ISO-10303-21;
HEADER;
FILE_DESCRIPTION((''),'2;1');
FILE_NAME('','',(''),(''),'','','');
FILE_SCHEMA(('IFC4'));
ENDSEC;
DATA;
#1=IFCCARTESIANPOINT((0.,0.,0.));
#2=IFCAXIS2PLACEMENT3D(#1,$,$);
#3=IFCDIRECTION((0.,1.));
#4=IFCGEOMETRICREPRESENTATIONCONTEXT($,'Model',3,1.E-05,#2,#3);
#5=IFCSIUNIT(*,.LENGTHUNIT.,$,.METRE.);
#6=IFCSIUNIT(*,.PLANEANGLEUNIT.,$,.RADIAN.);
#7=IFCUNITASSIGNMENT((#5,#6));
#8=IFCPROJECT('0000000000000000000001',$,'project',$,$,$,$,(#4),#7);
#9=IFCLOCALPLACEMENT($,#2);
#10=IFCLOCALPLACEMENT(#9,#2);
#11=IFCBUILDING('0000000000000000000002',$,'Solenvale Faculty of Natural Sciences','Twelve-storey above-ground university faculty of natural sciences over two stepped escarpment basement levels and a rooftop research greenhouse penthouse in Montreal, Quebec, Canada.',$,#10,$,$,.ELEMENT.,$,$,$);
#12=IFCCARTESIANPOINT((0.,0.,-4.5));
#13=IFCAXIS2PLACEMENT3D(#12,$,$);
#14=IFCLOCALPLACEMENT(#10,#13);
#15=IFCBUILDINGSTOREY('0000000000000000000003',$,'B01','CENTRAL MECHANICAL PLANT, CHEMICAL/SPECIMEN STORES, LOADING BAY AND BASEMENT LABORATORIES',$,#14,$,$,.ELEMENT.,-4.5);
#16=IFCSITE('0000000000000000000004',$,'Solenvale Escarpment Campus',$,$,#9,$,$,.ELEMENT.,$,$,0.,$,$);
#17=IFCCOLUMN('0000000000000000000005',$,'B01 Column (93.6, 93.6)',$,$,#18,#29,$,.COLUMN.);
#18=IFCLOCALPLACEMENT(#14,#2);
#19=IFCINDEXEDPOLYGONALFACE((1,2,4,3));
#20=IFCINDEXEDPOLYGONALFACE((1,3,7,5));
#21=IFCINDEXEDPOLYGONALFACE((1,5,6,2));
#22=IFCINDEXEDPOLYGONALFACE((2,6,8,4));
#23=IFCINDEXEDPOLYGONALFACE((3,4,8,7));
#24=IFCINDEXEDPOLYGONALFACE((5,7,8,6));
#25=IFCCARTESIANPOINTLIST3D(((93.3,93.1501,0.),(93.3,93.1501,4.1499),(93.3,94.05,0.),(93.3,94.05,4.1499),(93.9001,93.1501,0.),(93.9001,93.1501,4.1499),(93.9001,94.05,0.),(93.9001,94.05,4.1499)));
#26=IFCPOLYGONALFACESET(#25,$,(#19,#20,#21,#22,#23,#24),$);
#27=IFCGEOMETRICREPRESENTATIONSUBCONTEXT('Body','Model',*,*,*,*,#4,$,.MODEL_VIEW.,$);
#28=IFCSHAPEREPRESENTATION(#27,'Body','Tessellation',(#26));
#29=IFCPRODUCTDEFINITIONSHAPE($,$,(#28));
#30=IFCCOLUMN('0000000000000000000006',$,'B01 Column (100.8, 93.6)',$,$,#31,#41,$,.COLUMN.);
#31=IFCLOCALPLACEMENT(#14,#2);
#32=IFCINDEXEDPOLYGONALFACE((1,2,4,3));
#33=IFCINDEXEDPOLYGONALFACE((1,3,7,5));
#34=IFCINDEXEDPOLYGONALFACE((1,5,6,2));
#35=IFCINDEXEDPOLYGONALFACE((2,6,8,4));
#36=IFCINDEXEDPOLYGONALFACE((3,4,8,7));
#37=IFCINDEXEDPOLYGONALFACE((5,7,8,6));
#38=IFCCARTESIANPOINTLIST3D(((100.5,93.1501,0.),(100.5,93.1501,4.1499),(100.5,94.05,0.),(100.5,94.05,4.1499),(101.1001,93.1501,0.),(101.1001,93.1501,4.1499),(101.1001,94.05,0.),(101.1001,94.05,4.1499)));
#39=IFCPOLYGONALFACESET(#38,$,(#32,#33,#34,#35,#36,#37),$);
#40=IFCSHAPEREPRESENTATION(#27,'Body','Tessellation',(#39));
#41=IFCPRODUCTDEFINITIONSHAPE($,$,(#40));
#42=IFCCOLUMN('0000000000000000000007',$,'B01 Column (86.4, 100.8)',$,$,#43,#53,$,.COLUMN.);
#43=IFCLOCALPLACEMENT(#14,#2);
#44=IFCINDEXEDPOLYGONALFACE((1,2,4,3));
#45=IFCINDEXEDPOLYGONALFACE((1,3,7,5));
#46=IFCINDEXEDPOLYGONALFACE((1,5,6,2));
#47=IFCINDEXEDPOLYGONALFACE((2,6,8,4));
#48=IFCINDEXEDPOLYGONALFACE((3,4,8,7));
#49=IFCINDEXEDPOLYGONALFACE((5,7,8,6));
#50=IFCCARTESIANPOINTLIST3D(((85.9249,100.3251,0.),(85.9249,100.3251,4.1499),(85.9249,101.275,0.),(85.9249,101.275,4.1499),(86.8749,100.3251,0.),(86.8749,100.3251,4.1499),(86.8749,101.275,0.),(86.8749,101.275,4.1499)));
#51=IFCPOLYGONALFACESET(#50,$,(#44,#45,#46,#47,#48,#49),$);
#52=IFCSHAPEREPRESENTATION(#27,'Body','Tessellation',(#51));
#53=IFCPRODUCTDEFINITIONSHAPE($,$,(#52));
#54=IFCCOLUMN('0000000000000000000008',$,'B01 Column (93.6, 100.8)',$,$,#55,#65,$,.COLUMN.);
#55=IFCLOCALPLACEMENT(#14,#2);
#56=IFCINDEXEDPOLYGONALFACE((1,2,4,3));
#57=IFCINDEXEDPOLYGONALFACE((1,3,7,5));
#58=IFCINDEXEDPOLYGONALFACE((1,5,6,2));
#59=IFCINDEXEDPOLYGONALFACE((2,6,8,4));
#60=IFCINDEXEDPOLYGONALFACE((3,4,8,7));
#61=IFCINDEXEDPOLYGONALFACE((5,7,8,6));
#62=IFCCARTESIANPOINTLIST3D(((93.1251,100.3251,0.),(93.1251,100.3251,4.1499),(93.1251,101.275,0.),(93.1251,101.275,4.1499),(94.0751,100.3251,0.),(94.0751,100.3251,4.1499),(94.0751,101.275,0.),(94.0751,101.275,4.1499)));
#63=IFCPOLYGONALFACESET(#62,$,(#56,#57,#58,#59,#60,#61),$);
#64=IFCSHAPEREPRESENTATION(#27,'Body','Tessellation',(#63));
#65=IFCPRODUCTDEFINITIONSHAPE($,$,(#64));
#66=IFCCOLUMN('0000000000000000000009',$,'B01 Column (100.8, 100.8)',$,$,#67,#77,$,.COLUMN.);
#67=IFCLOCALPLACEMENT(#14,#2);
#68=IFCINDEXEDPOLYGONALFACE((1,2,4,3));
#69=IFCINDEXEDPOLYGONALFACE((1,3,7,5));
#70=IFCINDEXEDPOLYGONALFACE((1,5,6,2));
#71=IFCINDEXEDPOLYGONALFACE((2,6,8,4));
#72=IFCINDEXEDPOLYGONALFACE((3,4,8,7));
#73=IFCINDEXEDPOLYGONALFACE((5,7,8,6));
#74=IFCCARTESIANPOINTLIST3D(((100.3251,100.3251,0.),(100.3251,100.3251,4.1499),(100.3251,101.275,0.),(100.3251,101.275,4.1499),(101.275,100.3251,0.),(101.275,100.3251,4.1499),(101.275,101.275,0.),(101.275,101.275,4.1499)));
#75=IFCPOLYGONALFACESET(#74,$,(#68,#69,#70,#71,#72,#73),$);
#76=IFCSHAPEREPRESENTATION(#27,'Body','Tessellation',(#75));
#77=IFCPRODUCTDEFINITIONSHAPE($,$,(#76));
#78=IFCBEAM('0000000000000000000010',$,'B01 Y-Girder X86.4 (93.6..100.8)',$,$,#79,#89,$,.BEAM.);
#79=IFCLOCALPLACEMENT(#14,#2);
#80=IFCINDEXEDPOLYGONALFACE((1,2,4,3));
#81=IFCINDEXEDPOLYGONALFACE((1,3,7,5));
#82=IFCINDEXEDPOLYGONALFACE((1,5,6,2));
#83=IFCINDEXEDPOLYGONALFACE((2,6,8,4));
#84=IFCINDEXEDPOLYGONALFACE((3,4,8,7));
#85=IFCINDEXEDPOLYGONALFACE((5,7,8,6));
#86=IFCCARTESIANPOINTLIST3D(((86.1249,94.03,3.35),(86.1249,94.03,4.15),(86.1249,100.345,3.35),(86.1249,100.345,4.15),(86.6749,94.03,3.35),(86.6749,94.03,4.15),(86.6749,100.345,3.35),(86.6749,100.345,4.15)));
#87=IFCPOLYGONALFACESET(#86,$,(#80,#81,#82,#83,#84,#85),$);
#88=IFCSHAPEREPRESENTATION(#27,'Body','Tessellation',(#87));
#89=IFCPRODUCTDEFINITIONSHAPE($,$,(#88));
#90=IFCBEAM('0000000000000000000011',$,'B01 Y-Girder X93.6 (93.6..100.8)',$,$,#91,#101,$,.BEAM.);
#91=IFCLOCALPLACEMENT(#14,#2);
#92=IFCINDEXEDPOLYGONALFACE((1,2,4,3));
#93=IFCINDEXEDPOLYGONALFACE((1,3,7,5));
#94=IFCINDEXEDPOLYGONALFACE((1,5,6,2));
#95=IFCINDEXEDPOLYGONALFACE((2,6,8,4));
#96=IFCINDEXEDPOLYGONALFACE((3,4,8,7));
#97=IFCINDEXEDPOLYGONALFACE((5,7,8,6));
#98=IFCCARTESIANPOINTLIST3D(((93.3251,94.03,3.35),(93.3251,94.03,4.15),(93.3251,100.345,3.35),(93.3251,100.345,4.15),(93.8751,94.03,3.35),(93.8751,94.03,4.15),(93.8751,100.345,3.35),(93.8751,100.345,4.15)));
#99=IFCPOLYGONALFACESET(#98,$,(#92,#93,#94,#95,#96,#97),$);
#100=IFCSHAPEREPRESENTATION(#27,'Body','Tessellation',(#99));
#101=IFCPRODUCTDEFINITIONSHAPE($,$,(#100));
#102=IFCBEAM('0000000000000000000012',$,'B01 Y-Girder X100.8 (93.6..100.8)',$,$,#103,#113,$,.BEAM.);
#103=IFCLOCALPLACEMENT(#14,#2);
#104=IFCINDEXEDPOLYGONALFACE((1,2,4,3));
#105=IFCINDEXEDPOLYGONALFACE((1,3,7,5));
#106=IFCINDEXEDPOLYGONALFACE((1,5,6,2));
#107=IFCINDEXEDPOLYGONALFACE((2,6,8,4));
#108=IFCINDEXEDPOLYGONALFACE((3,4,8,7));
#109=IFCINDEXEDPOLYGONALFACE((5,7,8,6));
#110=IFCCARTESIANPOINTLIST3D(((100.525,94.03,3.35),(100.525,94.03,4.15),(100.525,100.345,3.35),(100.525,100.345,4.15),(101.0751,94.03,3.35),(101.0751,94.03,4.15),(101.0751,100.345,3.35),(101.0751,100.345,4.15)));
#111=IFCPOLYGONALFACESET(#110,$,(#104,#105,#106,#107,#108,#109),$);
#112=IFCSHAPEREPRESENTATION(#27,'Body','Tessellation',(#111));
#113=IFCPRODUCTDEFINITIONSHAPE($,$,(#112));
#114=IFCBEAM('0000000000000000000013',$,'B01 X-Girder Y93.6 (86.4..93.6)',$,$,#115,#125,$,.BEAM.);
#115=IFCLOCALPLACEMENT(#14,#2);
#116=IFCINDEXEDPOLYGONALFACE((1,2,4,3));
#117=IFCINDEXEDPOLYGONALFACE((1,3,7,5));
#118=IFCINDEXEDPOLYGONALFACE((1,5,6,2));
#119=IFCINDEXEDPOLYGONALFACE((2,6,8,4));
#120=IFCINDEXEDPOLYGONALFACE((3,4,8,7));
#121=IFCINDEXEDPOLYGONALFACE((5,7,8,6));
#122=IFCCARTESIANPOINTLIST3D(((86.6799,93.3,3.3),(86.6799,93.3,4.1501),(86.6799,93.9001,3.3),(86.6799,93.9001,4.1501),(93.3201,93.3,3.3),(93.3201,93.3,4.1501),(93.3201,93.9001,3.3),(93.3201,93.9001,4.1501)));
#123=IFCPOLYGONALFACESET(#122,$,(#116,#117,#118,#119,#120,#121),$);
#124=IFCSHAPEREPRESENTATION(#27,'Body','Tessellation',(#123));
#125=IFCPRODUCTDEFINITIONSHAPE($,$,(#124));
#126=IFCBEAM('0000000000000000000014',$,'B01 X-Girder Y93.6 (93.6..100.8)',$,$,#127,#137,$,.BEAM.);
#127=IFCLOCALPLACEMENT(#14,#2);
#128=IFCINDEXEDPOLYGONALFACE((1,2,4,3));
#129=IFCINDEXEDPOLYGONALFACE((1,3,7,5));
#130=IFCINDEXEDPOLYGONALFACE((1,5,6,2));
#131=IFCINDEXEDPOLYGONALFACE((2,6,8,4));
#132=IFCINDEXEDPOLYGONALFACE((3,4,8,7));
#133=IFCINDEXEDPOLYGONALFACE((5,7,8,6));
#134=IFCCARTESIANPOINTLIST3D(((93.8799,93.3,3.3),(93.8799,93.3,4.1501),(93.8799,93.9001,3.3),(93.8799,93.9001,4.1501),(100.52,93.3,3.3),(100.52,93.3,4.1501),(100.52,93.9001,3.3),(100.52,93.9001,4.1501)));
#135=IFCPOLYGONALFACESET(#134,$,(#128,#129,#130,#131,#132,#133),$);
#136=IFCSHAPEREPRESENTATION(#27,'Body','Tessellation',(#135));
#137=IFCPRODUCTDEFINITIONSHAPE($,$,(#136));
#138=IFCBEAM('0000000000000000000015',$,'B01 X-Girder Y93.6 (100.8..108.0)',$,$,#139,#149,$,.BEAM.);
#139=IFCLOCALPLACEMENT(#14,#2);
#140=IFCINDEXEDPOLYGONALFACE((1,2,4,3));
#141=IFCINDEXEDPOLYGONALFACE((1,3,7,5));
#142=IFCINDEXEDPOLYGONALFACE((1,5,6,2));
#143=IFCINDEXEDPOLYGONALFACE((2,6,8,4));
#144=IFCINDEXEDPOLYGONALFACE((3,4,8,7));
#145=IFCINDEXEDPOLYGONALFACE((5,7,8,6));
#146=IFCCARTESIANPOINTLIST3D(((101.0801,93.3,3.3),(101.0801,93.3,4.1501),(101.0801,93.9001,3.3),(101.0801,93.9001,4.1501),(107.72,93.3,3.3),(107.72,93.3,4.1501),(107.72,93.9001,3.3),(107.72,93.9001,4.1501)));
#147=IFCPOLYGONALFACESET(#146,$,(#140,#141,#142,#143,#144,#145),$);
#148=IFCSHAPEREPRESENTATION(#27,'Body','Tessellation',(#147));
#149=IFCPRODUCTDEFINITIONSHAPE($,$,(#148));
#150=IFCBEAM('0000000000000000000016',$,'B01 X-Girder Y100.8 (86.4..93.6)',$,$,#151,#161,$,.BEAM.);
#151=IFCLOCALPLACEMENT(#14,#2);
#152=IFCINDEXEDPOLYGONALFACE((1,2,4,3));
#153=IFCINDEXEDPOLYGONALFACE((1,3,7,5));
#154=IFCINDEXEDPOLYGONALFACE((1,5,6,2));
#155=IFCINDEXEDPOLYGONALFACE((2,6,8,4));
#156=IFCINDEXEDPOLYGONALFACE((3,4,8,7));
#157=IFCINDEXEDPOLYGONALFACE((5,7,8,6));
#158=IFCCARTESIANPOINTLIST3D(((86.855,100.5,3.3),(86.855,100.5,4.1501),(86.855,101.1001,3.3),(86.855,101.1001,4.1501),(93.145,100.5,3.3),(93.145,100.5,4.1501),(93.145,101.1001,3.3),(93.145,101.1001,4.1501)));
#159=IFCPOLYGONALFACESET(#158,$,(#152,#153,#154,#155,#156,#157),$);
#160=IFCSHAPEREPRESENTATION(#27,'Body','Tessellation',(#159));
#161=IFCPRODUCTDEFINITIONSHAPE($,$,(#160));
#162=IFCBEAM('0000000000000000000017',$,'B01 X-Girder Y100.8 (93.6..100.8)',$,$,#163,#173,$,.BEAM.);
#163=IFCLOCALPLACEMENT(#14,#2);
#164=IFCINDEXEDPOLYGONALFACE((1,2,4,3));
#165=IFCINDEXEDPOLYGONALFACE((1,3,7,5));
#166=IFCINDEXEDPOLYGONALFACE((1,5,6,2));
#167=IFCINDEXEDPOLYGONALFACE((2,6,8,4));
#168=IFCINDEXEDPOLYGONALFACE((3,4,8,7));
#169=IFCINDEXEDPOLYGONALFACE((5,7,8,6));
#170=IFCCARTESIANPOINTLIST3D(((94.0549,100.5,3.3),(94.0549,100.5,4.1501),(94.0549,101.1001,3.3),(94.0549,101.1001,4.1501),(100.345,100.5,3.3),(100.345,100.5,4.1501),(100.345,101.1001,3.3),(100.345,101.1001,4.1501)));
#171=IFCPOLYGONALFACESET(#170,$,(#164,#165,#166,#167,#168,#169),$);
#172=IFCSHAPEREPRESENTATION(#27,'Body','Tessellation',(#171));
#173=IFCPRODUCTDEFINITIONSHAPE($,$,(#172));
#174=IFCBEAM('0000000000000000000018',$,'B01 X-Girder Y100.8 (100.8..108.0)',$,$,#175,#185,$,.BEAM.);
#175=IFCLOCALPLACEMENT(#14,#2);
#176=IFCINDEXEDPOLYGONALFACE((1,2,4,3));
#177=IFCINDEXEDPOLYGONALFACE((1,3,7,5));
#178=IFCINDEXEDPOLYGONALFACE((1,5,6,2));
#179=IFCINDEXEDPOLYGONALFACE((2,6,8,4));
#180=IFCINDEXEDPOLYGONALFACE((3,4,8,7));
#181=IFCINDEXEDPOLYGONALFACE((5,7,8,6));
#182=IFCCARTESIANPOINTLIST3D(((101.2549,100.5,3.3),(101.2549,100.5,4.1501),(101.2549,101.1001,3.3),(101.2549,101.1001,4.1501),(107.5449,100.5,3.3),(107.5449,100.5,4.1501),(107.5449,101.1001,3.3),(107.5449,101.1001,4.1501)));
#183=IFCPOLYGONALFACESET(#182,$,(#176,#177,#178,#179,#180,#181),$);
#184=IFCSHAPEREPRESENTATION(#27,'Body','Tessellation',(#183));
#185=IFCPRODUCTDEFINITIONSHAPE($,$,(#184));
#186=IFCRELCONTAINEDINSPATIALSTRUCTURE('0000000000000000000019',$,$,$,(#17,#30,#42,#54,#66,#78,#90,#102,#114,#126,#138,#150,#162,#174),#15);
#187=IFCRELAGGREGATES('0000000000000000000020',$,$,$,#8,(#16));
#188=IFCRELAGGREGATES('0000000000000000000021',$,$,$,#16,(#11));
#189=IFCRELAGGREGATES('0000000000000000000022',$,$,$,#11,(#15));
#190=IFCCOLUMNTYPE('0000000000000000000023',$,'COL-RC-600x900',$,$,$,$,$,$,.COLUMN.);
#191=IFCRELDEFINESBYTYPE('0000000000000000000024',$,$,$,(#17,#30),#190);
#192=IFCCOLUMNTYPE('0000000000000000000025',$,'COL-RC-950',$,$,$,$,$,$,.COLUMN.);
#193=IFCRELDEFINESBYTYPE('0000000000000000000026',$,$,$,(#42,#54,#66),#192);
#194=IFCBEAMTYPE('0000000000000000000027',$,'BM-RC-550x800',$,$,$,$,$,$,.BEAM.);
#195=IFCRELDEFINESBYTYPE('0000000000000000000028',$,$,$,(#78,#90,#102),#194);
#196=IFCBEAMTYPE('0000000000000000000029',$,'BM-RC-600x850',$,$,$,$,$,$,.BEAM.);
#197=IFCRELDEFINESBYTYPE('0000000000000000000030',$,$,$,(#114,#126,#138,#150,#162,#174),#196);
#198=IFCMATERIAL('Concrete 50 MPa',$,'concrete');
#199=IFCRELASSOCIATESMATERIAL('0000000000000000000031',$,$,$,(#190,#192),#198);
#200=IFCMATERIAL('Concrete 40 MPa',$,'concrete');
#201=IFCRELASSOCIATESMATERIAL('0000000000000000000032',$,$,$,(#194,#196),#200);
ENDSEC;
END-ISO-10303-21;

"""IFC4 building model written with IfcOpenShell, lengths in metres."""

from ifc_helpers import new_model, si_unit, direction, frame, origin, origin_2d, place, context, subcontext, project, spatial, rectangle, extrude, material, material_profile, profile_set, type_object, element, save


model = new_model("IFC4")

# Units and contexts
model_context = context("Model", 3, precision=1e-05, world=origin(), true_north=direction((0.0, 1.0)))
body_context = subcontext(model_context, "Body", "Model", "MODEL_VIEW")
ifc_project = project(units=[si_unit("LENGTHUNIT", "METRE"), si_unit("PLANEANGLEUNIT", "RADIAN")], contexts=[model_context])

# Site, building, storey
site_placement = place(None, origin())
site = spatial("IfcSite", under=ifc_project, at=site_placement, Name="Solenvale Escarpment Campus", CompositionType="ELEMENT", RefElevation=0.0)
building_placement = place(site_placement, origin())
building = spatial("IfcBuilding", under=site, at=building_placement, Name="Solenvale Faculty of Natural Sciences", Description="Twelve-storey above-ground university faculty of natural sciences over two stepped escarpment basement levels and a rooftop research greenhouse penthouse in Montreal, Quebec, Canada.", CompositionType="ELEMENT")
storey_placement = place(building_placement, frame((0.0, 0.0, -4.5)))
storey = spatial("IfcBuildingStorey", under=building, at=storey_placement, Name="B01", Description="CENTRAL MECHANICAL PLANT, CHEMICAL/SPECIMEN STORES, LOADING BAY AND BASEMENT LABORATORIES", CompositionType="ELEMENT", Elevation=-4.5)

# Columns
ifc_material_1 = material(Name="Concrete 50 MPa", Category="concrete")
ifc_material_profile_1 = material_profile(ifc_material_1, rectangle(XDim=0.6001, YDim=0.8999, at=origin_2d()), Name="RC-COL-600x900")
ifc_profile_set_1 = profile_set([ifc_material_profile_1], Name="Concrete 50 MPa")
column_type_1 = type_object("IfcColumnType", Name="COL-RC-600x900", PredefinedType="COLUMN", material=ifc_profile_set_1)
for number, where, z_axis, x_axis, name in (
    (1, (93.6001, 93.6001, 0.0), (0.0, 0.0, 1.0), (1.0, 0.0, 0.0), "B01 Column (93.6, 93.6)"),
    (2, (100.8, 93.6001, 0.0), (0.0, 0.0, 1.0), (1.0, 0.0, 0.0), "B01 Column (100.8, 93.6)"),
):
    element("IfcColumn", number, at=place(storey_placement, frame(where, z_axis=z_axis, x_axis=x_axis)), inside=storey, type_object=column_type_1, Name=name, PredefinedType="COLUMN", context=body_context, shape_type="SweptSolid", body=[
        extrude(rectangle(XDim=0.6001, YDim=0.8999, at=origin_2d()), origin(), (0.0, 0.0, 1.0), 4.1499),
    ])
ifc_material_profile_2 = material_profile(ifc_material_1, rectangle(XDim=0.95, YDim=0.95, at=origin_2d()), Name="RC-COL-950x950")
ifc_profile_set_2 = profile_set([ifc_material_profile_2], Name="Concrete 50 MPa")
column_type_2 = type_object("IfcColumnType", Name="COL-RC-950", PredefinedType="COLUMN", material=ifc_profile_set_2)
for number, where, z_axis, x_axis, name in (
    (3, (86.3999, 100.8, 0.0), (0.0, 0.0, 1.0), (1.0, 0.0, 0.0), "B01 Column (86.4, 100.8)"),
    (4, (93.6001, 100.8, 0.0), (0.0, 0.0, 1.0), (1.0, 0.0, 0.0), "B01 Column (93.6, 100.8)"),
    (5, (100.8, 100.8, 0.0), (0.0, 0.0, 1.0), (1.0, 0.0, 0.0), "B01 Column (100.8, 100.8)"),
):
    element("IfcColumn", number, at=place(storey_placement, frame(where, z_axis=z_axis, x_axis=x_axis)), inside=storey, type_object=column_type_2, Name=name, PredefinedType="COLUMN", context=body_context, shape_type="SweptSolid", body=[
        extrude(rectangle(XDim=0.95, YDim=0.95, at=origin_2d()), origin(), (0.0, 0.0, 1.0), 4.1499),
    ])

# Beams
ifc_material_2 = material(Name="Concrete 40 MPa", Category="concrete")
ifc_material_profile_3 = material_profile(ifc_material_2, rectangle(XDim=0.55, YDim=0.8, at=origin_2d()), Name="RC-BM-550x800")
ifc_profile_set_3 = profile_set([ifc_material_profile_3], Name="Concrete 40 MPa")
beam_type_1 = type_object("IfcBeamType", Name="BM-RC-550x800", PredefinedType="BEAM", material=ifc_profile_set_3)
for number, where, z_axis, x_axis, name in (
    (6, (86.3999, 94.03, 3.75), (0.0, 1.0, 0.0), (-1.0, 0.0, 0.0), "B01 Y-Girder X86.4 (93.6..100.8)"),
    (7, (93.6001, 94.03, 3.75), (0.0, 1.0, 0.0), (-1.0, 0.0, 0.0), "B01 Y-Girder X93.6 (93.6..100.8)"),
    (8, (100.8, 94.03, 3.75), (0.0, 1.0, 0.0), (-1.0, 0.0, 0.0), "B01 Y-Girder X100.8 (93.6..100.8)"),
):
    element("IfcBeam", number, at=place(storey_placement, frame(where, z_axis=z_axis, x_axis=x_axis)), inside=storey, type_object=beam_type_1, Name=name, PredefinedType="BEAM", context=body_context, shape_type="SweptSolid", body=[
        extrude(rectangle(XDim=0.55, YDim=0.8, at=origin_2d()), origin(), (0.0, 0.0, 1.0), 6.3149),
    ])
ifc_material_profile_4 = material_profile(ifc_material_2, rectangle(XDim=0.6001, YDim=0.8501, at=origin_2d()), Name="RC-BM-600x850")
ifc_profile_set_4 = profile_set([ifc_material_profile_4], Name="Concrete 40 MPa")
beam_type_2 = type_object("IfcBeamType", Name="BM-RC-600x850", PredefinedType="BEAM", material=ifc_profile_set_4)
for number, where, z_axis, x_axis, name in (
    (9, (86.6799, 93.6001, 3.7251), (1.0, 0.0, 0.0), (0.0, 1.0, 0.0), "B01 X-Girder Y93.6 (86.4..93.6)"),
    (10, (93.8799, 93.6001, 3.7251), (1.0, 0.0, 0.0), (0.0, 1.0, 0.0), "B01 X-Girder Y93.6 (93.6..100.8)"),
):
    element("IfcBeam", number, at=place(storey_placement, frame(where, z_axis=z_axis, x_axis=x_axis)), inside=storey, type_object=beam_type_2, Name=name, PredefinedType="BEAM", context=body_context, shape_type="SweptSolid", body=[
        extrude(rectangle(XDim=0.6001, YDim=0.8501, at=origin_2d()), origin(), (0.0, 0.0, 1.0), 6.6401),
    ])
beam_placement = place(storey_placement, frame((101.0801, 93.6001, 3.7251), z_axis=(1.0, 0.0, 0.0), x_axis=(0.0, 1.0, 0.0)))
element("IfcBeam", 11, at=beam_placement, inside=storey, type_object=beam_type_2, Name="B01 X-Girder Y93.6 (100.8..108.0)", PredefinedType="BEAM", context=body_context, shape_type="SweptSolid", body=[
    extrude(rectangle(XDim=0.6001, YDim=0.8501, at=origin_2d()), origin(), (0.0, 0.0, 1.0), 6.6399),
])
for number, where, z_axis, x_axis, name in (
    (12, (86.855, 100.8, 3.7251), (1.0, 0.0, 0.0), (0.0, 1.0, 0.0), "B01 X-Girder Y100.8 (86.4..93.6)"),
    (13, (94.0549, 100.8, 3.7251), (1.0, 0.0, 0.0), (0.0, 1.0, 0.0), "B01 X-Girder Y100.8 (93.6..100.8)"),
    (14, (101.2549, 100.8, 3.7251), (1.0, 0.0, 0.0), (0.0, 1.0, 0.0), "B01 X-Girder Y100.8 (100.8..108.0)"),
):
    element("IfcBeam", number, at=place(storey_placement, frame(where, z_axis=z_axis, x_axis=x_axis)), inside=storey, type_object=beam_type_2, Name=name, PredefinedType="BEAM", context=body_context, shape_type="SweptSolid", body=[
        extrude(rectangle(XDim=0.6001, YDim=0.8501, at=origin_2d()), origin(), (0.0, 0.0, 1.0), 6.29),
    ])

save(model, "model.ifc")
